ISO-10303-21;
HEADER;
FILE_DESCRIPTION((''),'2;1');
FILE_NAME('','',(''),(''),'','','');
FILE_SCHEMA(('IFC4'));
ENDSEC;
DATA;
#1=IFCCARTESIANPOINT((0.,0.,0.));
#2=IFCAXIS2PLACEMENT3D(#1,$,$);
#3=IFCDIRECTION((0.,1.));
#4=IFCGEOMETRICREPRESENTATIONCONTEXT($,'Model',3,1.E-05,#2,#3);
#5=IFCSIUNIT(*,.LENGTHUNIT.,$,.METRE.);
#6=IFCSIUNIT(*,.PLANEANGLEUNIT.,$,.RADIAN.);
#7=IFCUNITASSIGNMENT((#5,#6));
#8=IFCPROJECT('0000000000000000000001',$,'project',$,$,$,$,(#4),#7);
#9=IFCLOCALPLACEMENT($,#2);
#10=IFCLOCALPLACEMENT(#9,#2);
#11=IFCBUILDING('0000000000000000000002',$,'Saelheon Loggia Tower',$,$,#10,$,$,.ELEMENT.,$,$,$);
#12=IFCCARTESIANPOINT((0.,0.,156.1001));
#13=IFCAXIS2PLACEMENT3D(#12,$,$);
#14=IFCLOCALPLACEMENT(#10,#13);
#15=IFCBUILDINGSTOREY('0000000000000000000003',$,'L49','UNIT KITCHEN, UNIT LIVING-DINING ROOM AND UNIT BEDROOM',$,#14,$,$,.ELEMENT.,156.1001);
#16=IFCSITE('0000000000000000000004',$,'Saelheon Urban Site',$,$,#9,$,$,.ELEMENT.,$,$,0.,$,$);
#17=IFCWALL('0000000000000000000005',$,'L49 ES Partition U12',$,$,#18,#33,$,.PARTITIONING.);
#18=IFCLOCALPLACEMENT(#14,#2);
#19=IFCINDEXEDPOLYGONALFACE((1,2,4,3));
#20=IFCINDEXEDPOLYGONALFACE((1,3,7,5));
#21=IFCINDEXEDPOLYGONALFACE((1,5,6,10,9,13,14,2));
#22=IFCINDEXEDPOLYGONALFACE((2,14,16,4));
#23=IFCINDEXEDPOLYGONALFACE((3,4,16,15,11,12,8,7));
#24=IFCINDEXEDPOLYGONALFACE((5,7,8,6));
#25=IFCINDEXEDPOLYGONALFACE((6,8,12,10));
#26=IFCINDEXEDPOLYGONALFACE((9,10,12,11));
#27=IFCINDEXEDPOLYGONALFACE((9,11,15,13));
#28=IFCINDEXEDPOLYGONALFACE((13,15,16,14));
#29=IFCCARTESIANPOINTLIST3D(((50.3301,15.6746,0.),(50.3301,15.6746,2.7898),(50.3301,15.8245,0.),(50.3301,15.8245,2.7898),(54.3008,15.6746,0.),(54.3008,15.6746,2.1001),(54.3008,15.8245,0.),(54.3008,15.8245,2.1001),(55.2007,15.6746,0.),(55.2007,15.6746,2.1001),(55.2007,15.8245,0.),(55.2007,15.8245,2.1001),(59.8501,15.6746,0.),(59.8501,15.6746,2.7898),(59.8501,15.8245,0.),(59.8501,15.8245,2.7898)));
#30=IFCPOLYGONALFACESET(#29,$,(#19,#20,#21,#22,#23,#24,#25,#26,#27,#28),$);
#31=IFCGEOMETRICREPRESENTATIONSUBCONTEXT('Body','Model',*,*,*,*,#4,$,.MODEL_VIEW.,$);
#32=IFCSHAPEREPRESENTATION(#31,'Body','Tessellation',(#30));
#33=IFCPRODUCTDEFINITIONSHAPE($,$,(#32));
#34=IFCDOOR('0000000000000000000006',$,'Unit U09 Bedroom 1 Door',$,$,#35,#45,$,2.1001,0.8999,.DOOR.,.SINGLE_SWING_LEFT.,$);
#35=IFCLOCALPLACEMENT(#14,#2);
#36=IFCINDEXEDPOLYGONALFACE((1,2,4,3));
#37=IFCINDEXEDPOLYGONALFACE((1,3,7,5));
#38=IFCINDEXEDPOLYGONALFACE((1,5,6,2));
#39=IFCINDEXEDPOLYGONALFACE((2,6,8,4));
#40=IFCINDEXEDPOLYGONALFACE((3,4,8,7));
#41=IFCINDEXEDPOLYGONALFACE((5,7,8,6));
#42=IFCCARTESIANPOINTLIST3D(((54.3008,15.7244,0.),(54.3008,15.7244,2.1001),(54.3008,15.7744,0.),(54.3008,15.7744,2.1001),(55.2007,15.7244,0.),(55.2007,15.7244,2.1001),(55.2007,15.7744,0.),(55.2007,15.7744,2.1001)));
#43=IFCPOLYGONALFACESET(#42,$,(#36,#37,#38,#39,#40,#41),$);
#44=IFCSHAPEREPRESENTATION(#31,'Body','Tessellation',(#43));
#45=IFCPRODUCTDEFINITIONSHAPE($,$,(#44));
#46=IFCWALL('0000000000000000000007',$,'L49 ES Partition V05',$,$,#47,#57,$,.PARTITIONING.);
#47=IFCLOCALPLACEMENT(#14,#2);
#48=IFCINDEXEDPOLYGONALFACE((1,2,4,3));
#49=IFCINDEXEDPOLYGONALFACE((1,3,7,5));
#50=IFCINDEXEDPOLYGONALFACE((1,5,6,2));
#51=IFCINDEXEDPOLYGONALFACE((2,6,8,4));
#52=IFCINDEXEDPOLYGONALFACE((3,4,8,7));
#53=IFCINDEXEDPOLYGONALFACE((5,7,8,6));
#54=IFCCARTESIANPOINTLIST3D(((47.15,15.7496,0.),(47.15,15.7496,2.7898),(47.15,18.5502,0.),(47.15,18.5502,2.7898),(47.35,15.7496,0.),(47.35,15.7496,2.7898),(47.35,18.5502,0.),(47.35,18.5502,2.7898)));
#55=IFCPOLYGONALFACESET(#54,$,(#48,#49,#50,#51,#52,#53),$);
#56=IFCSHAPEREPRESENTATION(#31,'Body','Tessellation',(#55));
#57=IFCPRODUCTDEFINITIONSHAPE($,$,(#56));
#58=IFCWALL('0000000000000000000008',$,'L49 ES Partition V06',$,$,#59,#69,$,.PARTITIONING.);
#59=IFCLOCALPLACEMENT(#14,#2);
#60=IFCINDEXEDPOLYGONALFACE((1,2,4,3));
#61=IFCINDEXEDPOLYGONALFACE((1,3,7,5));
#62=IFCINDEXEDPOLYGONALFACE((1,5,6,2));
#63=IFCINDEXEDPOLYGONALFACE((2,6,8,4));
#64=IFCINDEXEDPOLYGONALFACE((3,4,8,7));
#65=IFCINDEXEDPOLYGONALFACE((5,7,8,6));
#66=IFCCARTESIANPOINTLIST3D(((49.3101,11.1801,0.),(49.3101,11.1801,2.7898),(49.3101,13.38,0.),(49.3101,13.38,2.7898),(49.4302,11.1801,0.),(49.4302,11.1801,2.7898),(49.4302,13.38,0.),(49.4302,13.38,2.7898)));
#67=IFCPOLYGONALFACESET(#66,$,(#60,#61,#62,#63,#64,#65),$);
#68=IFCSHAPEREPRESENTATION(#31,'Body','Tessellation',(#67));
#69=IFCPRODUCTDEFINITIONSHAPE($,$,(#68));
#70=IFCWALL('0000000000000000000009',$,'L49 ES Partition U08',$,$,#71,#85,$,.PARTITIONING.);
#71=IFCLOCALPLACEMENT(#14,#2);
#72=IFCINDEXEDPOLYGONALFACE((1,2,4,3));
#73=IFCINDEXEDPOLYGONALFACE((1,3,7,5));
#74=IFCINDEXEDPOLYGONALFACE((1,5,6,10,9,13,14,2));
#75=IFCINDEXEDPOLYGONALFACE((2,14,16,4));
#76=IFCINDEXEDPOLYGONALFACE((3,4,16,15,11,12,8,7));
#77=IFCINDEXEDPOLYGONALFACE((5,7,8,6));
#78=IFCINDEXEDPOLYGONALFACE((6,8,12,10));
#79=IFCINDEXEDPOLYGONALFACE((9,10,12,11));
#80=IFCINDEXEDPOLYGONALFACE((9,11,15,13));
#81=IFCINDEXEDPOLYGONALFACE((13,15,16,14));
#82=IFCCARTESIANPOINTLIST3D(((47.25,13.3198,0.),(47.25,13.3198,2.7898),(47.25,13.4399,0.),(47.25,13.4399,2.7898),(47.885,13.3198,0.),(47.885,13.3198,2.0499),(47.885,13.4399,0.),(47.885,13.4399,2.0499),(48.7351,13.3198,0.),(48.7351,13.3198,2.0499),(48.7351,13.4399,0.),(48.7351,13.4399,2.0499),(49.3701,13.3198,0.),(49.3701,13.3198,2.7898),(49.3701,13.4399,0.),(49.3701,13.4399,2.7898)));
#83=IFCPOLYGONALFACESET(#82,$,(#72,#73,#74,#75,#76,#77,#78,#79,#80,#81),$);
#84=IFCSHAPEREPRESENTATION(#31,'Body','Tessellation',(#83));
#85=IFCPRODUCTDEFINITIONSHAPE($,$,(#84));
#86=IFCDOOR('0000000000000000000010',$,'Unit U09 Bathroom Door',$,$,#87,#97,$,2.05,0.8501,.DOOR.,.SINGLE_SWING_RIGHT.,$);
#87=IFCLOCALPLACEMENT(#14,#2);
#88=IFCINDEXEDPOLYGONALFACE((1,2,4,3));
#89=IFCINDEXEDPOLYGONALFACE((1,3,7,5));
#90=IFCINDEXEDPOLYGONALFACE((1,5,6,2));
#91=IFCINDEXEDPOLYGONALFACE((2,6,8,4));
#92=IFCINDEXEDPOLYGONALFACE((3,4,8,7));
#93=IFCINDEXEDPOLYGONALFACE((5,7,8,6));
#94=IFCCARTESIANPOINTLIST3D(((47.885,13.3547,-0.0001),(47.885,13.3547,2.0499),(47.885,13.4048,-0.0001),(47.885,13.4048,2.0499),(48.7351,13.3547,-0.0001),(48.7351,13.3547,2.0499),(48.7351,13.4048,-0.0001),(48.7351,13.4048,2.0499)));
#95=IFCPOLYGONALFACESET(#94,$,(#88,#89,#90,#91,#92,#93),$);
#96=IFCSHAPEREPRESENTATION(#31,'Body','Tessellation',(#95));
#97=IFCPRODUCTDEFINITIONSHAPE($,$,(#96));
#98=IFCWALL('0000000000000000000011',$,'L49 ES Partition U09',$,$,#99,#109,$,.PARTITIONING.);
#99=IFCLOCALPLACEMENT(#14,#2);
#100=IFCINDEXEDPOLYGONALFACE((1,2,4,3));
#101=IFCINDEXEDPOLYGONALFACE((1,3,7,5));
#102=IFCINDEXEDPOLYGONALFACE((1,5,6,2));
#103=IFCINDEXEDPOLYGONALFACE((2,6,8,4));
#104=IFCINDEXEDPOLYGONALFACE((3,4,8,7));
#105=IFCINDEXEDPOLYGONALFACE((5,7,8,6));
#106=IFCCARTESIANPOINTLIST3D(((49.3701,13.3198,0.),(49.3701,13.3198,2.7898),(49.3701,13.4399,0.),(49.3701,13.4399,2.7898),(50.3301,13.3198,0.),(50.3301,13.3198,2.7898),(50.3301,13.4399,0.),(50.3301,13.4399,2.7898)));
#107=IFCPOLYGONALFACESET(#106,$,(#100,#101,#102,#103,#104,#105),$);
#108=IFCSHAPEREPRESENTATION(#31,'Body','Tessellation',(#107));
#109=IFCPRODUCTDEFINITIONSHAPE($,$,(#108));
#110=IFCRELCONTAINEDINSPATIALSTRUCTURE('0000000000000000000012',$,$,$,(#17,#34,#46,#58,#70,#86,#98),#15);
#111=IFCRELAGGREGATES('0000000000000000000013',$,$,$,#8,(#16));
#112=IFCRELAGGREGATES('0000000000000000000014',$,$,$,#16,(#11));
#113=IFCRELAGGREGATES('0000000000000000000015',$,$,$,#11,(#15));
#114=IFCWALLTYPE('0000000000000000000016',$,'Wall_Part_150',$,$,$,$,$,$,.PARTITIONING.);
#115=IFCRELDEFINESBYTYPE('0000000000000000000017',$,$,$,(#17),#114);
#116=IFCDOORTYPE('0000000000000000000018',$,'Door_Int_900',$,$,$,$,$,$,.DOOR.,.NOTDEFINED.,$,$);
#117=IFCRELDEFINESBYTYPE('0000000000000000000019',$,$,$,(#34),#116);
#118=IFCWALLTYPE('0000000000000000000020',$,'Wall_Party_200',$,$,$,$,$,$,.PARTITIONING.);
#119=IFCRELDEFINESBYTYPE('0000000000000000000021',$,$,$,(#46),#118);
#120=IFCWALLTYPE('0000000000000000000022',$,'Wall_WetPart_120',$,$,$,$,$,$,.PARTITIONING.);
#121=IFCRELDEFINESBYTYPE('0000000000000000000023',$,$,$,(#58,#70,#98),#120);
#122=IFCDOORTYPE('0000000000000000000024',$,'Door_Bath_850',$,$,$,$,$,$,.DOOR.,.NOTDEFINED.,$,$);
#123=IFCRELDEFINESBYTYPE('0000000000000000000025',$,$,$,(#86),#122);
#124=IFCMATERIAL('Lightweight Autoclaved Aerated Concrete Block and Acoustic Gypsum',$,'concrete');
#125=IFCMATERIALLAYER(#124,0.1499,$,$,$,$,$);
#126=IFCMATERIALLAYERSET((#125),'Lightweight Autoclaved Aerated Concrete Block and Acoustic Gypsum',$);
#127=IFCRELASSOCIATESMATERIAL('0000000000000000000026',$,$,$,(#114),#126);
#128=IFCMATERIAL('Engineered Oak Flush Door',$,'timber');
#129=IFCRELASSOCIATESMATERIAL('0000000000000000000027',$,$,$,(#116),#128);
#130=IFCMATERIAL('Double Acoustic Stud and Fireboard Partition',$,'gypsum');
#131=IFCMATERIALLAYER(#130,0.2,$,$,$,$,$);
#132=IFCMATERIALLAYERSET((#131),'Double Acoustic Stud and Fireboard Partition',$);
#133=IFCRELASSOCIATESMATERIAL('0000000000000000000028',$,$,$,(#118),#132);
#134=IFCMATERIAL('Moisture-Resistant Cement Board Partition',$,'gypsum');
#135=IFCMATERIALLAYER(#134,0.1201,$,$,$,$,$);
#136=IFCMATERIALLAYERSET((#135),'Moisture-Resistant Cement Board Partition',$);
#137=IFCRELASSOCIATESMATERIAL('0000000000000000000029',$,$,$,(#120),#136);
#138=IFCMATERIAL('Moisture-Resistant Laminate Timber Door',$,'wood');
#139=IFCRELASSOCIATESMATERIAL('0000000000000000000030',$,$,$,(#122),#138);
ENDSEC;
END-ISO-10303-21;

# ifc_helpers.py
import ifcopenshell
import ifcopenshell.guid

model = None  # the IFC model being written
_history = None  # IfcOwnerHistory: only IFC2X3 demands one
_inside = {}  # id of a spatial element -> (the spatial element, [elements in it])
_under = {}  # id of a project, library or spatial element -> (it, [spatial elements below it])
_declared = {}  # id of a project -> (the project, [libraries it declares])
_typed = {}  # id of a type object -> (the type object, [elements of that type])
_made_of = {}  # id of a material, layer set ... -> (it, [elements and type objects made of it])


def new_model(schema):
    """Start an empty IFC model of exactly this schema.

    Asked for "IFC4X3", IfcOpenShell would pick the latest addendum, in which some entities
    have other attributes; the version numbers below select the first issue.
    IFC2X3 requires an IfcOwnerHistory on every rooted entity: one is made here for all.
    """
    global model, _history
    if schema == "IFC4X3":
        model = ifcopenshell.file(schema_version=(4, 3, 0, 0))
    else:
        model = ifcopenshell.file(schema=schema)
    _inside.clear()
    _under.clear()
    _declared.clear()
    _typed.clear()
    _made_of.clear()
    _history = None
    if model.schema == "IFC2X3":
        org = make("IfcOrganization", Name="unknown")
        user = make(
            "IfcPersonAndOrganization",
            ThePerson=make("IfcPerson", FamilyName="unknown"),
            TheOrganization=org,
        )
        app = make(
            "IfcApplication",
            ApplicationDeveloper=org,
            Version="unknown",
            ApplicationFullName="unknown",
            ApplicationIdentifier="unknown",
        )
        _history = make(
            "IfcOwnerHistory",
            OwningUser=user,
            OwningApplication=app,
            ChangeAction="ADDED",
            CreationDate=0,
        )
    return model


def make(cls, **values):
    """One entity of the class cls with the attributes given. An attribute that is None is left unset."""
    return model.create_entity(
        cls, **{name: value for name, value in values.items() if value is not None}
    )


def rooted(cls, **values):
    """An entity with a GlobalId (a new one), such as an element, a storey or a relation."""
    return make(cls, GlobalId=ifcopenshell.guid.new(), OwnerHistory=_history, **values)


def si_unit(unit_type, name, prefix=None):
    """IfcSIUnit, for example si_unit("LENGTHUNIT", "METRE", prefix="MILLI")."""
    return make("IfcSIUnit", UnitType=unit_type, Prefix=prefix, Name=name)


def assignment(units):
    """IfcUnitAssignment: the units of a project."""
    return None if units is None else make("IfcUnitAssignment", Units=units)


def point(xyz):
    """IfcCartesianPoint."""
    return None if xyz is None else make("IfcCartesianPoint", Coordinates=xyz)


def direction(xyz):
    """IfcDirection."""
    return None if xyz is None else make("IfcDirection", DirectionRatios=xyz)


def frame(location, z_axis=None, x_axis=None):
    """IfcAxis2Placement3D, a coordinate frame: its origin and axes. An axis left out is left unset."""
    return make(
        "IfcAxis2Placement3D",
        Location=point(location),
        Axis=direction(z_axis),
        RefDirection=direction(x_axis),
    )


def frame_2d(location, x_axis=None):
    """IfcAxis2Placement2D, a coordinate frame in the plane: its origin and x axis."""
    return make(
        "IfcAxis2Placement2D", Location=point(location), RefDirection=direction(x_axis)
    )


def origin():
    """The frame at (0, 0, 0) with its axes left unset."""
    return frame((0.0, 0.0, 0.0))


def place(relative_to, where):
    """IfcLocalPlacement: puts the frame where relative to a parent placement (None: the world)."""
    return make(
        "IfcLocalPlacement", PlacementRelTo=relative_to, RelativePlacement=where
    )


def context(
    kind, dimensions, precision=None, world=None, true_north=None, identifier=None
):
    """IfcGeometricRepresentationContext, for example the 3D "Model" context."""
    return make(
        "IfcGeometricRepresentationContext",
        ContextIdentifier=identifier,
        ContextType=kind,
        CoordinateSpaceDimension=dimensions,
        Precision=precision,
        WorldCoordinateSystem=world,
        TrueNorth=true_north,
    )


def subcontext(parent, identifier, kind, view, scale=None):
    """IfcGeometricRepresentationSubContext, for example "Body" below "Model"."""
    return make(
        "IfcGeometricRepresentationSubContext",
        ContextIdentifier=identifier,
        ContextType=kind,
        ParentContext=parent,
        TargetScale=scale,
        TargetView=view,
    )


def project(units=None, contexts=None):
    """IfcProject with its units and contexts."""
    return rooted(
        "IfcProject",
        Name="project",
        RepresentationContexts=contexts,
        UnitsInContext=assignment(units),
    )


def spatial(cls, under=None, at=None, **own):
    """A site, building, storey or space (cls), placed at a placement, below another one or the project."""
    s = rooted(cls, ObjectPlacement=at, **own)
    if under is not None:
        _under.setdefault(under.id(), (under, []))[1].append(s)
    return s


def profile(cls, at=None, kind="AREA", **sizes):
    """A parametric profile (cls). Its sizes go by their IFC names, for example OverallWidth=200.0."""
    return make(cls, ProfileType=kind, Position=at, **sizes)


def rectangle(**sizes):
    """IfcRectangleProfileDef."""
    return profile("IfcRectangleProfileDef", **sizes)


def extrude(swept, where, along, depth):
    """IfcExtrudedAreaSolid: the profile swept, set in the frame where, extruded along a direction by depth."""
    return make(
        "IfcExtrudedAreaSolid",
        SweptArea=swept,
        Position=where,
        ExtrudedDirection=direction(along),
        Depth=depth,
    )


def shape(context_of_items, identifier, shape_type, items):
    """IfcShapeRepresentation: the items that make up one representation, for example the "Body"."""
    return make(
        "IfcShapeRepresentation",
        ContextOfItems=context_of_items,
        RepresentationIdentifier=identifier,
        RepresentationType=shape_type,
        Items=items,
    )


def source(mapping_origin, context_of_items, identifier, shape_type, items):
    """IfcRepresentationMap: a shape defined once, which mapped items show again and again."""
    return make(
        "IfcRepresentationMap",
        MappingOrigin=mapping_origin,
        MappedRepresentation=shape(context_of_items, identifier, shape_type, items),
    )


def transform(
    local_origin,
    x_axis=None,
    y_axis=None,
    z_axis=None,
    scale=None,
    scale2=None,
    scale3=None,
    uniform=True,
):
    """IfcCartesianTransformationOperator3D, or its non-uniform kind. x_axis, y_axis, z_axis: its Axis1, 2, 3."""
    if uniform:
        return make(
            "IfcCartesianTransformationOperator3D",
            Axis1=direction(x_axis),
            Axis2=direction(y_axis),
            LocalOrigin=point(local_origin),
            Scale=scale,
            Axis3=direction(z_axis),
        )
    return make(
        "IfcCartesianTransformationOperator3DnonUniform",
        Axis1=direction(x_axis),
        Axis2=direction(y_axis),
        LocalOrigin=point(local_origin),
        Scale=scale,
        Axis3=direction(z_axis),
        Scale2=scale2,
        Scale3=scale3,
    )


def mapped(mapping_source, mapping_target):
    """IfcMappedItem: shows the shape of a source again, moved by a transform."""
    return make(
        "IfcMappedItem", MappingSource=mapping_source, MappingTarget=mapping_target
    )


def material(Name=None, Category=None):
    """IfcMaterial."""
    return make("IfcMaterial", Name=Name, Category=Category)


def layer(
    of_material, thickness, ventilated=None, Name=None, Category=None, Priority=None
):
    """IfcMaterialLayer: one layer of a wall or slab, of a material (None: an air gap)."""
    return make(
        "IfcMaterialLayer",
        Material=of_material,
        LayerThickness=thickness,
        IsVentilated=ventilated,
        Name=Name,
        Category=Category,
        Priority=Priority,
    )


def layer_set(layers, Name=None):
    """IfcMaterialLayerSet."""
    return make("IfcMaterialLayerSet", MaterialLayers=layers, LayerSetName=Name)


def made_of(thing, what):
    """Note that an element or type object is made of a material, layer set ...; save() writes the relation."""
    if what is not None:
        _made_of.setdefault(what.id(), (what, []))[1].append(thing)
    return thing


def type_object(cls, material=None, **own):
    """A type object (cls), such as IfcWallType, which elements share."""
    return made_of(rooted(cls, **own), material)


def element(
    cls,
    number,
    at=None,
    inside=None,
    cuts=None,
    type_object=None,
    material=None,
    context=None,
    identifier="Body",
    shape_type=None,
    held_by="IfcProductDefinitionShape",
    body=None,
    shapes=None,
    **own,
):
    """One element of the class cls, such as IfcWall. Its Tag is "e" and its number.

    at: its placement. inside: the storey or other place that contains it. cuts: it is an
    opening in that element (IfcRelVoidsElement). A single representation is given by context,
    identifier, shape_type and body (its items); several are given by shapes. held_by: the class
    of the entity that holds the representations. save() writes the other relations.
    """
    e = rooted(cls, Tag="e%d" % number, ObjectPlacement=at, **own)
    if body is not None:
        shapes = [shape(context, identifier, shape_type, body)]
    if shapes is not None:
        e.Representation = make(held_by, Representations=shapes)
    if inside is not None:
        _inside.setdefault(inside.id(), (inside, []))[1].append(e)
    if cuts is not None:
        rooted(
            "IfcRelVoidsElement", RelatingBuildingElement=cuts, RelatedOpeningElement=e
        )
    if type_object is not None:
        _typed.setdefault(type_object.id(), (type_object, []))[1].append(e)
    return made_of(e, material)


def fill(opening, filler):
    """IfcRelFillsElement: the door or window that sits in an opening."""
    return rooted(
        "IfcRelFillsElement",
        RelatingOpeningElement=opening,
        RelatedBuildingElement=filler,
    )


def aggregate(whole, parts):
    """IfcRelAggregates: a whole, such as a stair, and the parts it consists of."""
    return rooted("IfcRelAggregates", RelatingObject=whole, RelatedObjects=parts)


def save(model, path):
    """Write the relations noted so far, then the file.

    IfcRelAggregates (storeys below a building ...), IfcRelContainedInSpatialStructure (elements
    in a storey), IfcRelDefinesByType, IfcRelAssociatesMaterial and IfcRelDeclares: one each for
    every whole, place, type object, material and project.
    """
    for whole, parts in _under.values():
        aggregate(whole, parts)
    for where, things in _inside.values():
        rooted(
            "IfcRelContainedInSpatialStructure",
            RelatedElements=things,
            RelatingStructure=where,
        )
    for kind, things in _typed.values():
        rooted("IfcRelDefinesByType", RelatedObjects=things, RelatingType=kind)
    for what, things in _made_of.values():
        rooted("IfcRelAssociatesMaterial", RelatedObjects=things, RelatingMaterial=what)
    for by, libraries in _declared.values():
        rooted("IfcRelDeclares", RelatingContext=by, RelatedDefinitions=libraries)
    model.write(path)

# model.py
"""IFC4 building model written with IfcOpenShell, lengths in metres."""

from ifc_helpers import new_model, si_unit, direction, frame, frame_2d, origin, place, context, subcontext, project, spatial, rectangle, extrude, source, transform, mapped, material, layer, layer_set, type_object, element, fill, save


model = new_model("IFC4")

# Units and contexts
model_context = context("Model", 3, precision=1e-05, world=origin(), true_north=direction((0.0, 1.0)))
body_context = subcontext(model_context, "Body", "Model", "MODEL_VIEW")
ifc_project = project(units=[si_unit("LENGTHUNIT", "METRE"), si_unit("PLANEANGLEUNIT", "RADIAN")], contexts=[model_context])

# Site, building, storey
site_placement = place(None, origin())
site = spatial("IfcSite", under=ifc_project, at=site_placement, Name="Saelheon Urban Site", CompositionType="ELEMENT", RefElevation=0.0)
building_placement = place(site_placement, origin())
building = spatial("IfcBuilding", under=site, at=building_placement, Name="Saelheon Loggia Tower", CompositionType="ELEMENT")
storey_placement = place(building_placement, frame((0.0, 0.0, 156.1001)))
storey = spatial("IfcBuildingStorey", under=building, at=storey_placement, Name="L49", Description="UNIT KITCHEN, UNIT LIVING-DINING ROOM AND UNIT BEDROOM", CompositionType="ELEMENT", Elevation=156.1001)

# Shared definitions
ifc_material_1 = material(Name="Lightweight Autoclaved Aerated Concrete Block and Acoustic Gypsum", Category="concrete")
ifc_layer_1 = layer(ifc_material_1, 0.1499)
ifc_layer_set_1 = layer_set([ifc_layer_1], Name="Lightweight Autoclaved Aerated Concrete Block and Acoustic Gypsum")
wall_type_1 = type_object("IfcWallType", Name="Wall_Part_150", PredefinedType="PARTITIONING", material=ifc_layer_set_1)

# Wall, opening, door
ifc_material_2 = material(Name="Engineered Oak Flush Door", Category="timber")
door_type_1 = type_object("IfcDoorType", Name="Door_Int_900", OperationType="NOTDEFINED", PredefinedType="DOOR", material=ifc_material_2)
shared_shape_1 = source(origin(), body_context, "Body", "SweptSolid", [
    extrude(rectangle(XDim=0.8999, YDim=2.1001, at=frame_2d((0.45, 1.05))), frame((0.0, 0.0249, 0.0), z_axis=(0.0, -1.0, 0.0), x_axis=(1.0, 0.0, 0.0)), (0.0, 0.0, 1.0), 0.05),
])
wall_1_placement = place(storey_placement, frame((50.3301, 15.7495, 0.0), z_axis=(0.0, 0.0, 1.0), x_axis=(1.0, 0.0, 0.0)))
wall_1 = element("IfcWall", 1, at=wall_1_placement, inside=storey, type_object=wall_type_1, Name="L49 ES Partition U12", PredefinedType="PARTITIONING", context=body_context, shape_type="SweptSolid", body=[
    extrude(rectangle(XDim=9.52, YDim=0.1499, at=frame_2d((4.76, 0.0))), origin(), (0.0, 0.0, 1.0), 2.7898),
])
opening_1_placement = place(wall_1_placement, frame((3.9707, 0.0, 0.0)))
opening_1 = element("IfcOpeningElement", 2, at=opening_1_placement, cuts=wall_1, PredefinedType="OPENING", context=body_context, shape_type="SweptSolid", body=[
    extrude(rectangle(XDim=0.8999, YDim=2.1001, at=frame_2d((0.45, 1.05))), frame((0.0, 0.0869, 0.0), z_axis=(0.0, -1.0, 0.0), x_axis=(1.0, 0.0, 0.0)), (0.0, 0.0, 1.0), 0.1738),
])
door_1_placement = place(opening_1_placement, origin())
door_1 = element("IfcDoor", 3, at=door_1_placement, inside=storey, type_object=door_type_1, Name="Unit U09 Bedroom 1 Door", OperationType="SINGLE_SWING_LEFT", OverallHeight=2.1001, OverallWidth=0.8999, PredefinedType="DOOR", context=body_context, shape_type="MappedRepresentation", body=[
    mapped(shared_shape_1, transform((0.0, 0.0, 0.0), scale=1.0)),
])
fill(opening_1, door_1)
ifc_material_3 = material(Name="Double Acoustic Stud and Fireboard Partition", Category="gypsum")
ifc_layer_2 = layer(ifc_material_3, 0.2)
ifc_layer_set_2 = layer_set([ifc_layer_2], Name="Double Acoustic Stud and Fireboard Partition")
wall_type_2 = type_object("IfcWallType", Name="Wall_Party_200", PredefinedType="PARTITIONING", material=ifc_layer_set_2)

# Walls
wall_2_placement = place(storey_placement, frame((47.25, 15.7495, 0.0), z_axis=(0.0, 0.0, 1.0), x_axis=(0.0, 1.0, 0.0)))
element("IfcWall", 4, at=wall_2_placement, inside=storey, type_object=wall_type_2, Name="L49 ES Partition V05", PredefinedType="PARTITIONING", context=body_context, shape_type="SweptSolid", body=[
    extrude(rectangle(XDim=2.8005, YDim=0.2, at=frame_2d((1.4004, 0.0))), origin(), (0.0, 0.0, 1.0), 2.7898),
])
ifc_material_4 = material(Name="Moisture-Resistant Cement Board Partition", Category="gypsum")
ifc_layer_3 = layer(ifc_material_4, 0.1201)
ifc_layer_set_3 = layer_set([ifc_layer_3], Name="Moisture-Resistant Cement Board Partition")
wall_type_3 = type_object("IfcWallType", Name="Wall_WetPart_120", PredefinedType="PARTITIONING", material=ifc_layer_set_3)
wall_3_placement = place(storey_placement, frame((49.3701, 11.1799, 0.0), z_axis=(0.0, 0.0, 1.0), x_axis=(0.0, 1.0, 0.0)))
element("IfcWall", 5, at=wall_3_placement, inside=storey, type_object=wall_type_3, Name="L49 ES Partition V06", PredefinedType="PARTITIONING", context=body_context, shape_type="SweptSolid", body=[
    extrude(rectangle(XDim=2.2, YDim=0.1201, at=frame_2d((1.1001, 0.0))), origin(), (0.0, 0.0, 1.0), 2.7898),
])

# Wall, opening, door
wall_4_placement = place(storey_placement, frame((47.25, 13.3799, 0.0), z_axis=(0.0, 0.0, 1.0), x_axis=(1.0, 0.0, 0.0)))
wall_4 = element("IfcWall", 6, at=wall_4_placement, inside=storey, type_object=wall_type_3, Name="L49 ES Partition U08", PredefinedType="PARTITIONING", context=body_context, shape_type="SweptSolid", body=[
    extrude(rectangle(XDim=2.1201, YDim=0.1201, at=frame_2d((1.0601, 0.0))), origin(), (0.0, 0.0, 1.0), 2.7898),
])
opening_2_placement = place(wall_4_placement, frame((0.635, 0.0, 0.0)))
opening_2 = element("IfcOpeningElement", 7, at=opening_2_placement, cuts=wall_4, PredefinedType="OPENING", context=body_context, shape_type="SweptSolid", body=[
    extrude(rectangle(XDim=0.8501, YDim=2.05, at=frame_2d((0.425, 1.0249))), frame((0.0, 0.072, 0.0), z_axis=(0.0, -1.0, 0.0), x_axis=(1.0, 0.0, 0.0)), (0.0, 0.0, 1.0), 0.144),
])
ifc_material_5 = material(Name="Moisture-Resistant Laminate Timber Door", Category="wood")
door_type_2 = type_object("IfcDoorType", Name="Door_Bath_850", OperationType="NOTDEFINED", PredefinedType="DOOR", material=ifc_material_5)
shared_shape_2 = source(origin(), body_context, "Body", "SweptSolid", [
    extrude(rectangle(XDim=0.8501, YDim=2.05, at=frame_2d((0.425, 1.0249))), frame((0.0, 0.0249, 0.0), z_axis=(0.0, -1.0, 0.0), x_axis=(1.0, 0.0, 0.0)), (0.0, 0.0, 1.0), 0.05),
])
door_2_placement = place(opening_2_placement, origin())
door_2 = element("IfcDoor", 8, at=door_2_placement, inside=storey, type_object=door_type_2, Name="Unit U09 Bathroom Door", OperationType="SINGLE_SWING_RIGHT", OverallHeight=2.05, OverallWidth=0.8501, PredefinedType="DOOR", context=body_context, shape_type="MappedRepresentation", body=[
    mapped(shared_shape_2, transform((0.0, 0.0, 0.0), scale=1.0)),
])
fill(opening_2, door_2)

# Wall
wall_5_placement = place(storey_placement, frame((49.3701, 13.3799, 0.0), z_axis=(0.0, 0.0, 1.0), x_axis=(1.0, 0.0, 0.0)))
element("IfcWall", 9, at=wall_5_placement, inside=storey, type_object=wall_type_3, Name="L49 ES Partition U09", PredefinedType="PARTITIONING", context=body_context, shape_type="SweptSolid", body=[
    extrude(rectangle(XDim=0.96, YDim=0.1201, at=frame_2d((0.48, 0.0))), origin(), (0.0, 0.0, 1.0), 2.7898),
])

save(model, "model.ifc")
